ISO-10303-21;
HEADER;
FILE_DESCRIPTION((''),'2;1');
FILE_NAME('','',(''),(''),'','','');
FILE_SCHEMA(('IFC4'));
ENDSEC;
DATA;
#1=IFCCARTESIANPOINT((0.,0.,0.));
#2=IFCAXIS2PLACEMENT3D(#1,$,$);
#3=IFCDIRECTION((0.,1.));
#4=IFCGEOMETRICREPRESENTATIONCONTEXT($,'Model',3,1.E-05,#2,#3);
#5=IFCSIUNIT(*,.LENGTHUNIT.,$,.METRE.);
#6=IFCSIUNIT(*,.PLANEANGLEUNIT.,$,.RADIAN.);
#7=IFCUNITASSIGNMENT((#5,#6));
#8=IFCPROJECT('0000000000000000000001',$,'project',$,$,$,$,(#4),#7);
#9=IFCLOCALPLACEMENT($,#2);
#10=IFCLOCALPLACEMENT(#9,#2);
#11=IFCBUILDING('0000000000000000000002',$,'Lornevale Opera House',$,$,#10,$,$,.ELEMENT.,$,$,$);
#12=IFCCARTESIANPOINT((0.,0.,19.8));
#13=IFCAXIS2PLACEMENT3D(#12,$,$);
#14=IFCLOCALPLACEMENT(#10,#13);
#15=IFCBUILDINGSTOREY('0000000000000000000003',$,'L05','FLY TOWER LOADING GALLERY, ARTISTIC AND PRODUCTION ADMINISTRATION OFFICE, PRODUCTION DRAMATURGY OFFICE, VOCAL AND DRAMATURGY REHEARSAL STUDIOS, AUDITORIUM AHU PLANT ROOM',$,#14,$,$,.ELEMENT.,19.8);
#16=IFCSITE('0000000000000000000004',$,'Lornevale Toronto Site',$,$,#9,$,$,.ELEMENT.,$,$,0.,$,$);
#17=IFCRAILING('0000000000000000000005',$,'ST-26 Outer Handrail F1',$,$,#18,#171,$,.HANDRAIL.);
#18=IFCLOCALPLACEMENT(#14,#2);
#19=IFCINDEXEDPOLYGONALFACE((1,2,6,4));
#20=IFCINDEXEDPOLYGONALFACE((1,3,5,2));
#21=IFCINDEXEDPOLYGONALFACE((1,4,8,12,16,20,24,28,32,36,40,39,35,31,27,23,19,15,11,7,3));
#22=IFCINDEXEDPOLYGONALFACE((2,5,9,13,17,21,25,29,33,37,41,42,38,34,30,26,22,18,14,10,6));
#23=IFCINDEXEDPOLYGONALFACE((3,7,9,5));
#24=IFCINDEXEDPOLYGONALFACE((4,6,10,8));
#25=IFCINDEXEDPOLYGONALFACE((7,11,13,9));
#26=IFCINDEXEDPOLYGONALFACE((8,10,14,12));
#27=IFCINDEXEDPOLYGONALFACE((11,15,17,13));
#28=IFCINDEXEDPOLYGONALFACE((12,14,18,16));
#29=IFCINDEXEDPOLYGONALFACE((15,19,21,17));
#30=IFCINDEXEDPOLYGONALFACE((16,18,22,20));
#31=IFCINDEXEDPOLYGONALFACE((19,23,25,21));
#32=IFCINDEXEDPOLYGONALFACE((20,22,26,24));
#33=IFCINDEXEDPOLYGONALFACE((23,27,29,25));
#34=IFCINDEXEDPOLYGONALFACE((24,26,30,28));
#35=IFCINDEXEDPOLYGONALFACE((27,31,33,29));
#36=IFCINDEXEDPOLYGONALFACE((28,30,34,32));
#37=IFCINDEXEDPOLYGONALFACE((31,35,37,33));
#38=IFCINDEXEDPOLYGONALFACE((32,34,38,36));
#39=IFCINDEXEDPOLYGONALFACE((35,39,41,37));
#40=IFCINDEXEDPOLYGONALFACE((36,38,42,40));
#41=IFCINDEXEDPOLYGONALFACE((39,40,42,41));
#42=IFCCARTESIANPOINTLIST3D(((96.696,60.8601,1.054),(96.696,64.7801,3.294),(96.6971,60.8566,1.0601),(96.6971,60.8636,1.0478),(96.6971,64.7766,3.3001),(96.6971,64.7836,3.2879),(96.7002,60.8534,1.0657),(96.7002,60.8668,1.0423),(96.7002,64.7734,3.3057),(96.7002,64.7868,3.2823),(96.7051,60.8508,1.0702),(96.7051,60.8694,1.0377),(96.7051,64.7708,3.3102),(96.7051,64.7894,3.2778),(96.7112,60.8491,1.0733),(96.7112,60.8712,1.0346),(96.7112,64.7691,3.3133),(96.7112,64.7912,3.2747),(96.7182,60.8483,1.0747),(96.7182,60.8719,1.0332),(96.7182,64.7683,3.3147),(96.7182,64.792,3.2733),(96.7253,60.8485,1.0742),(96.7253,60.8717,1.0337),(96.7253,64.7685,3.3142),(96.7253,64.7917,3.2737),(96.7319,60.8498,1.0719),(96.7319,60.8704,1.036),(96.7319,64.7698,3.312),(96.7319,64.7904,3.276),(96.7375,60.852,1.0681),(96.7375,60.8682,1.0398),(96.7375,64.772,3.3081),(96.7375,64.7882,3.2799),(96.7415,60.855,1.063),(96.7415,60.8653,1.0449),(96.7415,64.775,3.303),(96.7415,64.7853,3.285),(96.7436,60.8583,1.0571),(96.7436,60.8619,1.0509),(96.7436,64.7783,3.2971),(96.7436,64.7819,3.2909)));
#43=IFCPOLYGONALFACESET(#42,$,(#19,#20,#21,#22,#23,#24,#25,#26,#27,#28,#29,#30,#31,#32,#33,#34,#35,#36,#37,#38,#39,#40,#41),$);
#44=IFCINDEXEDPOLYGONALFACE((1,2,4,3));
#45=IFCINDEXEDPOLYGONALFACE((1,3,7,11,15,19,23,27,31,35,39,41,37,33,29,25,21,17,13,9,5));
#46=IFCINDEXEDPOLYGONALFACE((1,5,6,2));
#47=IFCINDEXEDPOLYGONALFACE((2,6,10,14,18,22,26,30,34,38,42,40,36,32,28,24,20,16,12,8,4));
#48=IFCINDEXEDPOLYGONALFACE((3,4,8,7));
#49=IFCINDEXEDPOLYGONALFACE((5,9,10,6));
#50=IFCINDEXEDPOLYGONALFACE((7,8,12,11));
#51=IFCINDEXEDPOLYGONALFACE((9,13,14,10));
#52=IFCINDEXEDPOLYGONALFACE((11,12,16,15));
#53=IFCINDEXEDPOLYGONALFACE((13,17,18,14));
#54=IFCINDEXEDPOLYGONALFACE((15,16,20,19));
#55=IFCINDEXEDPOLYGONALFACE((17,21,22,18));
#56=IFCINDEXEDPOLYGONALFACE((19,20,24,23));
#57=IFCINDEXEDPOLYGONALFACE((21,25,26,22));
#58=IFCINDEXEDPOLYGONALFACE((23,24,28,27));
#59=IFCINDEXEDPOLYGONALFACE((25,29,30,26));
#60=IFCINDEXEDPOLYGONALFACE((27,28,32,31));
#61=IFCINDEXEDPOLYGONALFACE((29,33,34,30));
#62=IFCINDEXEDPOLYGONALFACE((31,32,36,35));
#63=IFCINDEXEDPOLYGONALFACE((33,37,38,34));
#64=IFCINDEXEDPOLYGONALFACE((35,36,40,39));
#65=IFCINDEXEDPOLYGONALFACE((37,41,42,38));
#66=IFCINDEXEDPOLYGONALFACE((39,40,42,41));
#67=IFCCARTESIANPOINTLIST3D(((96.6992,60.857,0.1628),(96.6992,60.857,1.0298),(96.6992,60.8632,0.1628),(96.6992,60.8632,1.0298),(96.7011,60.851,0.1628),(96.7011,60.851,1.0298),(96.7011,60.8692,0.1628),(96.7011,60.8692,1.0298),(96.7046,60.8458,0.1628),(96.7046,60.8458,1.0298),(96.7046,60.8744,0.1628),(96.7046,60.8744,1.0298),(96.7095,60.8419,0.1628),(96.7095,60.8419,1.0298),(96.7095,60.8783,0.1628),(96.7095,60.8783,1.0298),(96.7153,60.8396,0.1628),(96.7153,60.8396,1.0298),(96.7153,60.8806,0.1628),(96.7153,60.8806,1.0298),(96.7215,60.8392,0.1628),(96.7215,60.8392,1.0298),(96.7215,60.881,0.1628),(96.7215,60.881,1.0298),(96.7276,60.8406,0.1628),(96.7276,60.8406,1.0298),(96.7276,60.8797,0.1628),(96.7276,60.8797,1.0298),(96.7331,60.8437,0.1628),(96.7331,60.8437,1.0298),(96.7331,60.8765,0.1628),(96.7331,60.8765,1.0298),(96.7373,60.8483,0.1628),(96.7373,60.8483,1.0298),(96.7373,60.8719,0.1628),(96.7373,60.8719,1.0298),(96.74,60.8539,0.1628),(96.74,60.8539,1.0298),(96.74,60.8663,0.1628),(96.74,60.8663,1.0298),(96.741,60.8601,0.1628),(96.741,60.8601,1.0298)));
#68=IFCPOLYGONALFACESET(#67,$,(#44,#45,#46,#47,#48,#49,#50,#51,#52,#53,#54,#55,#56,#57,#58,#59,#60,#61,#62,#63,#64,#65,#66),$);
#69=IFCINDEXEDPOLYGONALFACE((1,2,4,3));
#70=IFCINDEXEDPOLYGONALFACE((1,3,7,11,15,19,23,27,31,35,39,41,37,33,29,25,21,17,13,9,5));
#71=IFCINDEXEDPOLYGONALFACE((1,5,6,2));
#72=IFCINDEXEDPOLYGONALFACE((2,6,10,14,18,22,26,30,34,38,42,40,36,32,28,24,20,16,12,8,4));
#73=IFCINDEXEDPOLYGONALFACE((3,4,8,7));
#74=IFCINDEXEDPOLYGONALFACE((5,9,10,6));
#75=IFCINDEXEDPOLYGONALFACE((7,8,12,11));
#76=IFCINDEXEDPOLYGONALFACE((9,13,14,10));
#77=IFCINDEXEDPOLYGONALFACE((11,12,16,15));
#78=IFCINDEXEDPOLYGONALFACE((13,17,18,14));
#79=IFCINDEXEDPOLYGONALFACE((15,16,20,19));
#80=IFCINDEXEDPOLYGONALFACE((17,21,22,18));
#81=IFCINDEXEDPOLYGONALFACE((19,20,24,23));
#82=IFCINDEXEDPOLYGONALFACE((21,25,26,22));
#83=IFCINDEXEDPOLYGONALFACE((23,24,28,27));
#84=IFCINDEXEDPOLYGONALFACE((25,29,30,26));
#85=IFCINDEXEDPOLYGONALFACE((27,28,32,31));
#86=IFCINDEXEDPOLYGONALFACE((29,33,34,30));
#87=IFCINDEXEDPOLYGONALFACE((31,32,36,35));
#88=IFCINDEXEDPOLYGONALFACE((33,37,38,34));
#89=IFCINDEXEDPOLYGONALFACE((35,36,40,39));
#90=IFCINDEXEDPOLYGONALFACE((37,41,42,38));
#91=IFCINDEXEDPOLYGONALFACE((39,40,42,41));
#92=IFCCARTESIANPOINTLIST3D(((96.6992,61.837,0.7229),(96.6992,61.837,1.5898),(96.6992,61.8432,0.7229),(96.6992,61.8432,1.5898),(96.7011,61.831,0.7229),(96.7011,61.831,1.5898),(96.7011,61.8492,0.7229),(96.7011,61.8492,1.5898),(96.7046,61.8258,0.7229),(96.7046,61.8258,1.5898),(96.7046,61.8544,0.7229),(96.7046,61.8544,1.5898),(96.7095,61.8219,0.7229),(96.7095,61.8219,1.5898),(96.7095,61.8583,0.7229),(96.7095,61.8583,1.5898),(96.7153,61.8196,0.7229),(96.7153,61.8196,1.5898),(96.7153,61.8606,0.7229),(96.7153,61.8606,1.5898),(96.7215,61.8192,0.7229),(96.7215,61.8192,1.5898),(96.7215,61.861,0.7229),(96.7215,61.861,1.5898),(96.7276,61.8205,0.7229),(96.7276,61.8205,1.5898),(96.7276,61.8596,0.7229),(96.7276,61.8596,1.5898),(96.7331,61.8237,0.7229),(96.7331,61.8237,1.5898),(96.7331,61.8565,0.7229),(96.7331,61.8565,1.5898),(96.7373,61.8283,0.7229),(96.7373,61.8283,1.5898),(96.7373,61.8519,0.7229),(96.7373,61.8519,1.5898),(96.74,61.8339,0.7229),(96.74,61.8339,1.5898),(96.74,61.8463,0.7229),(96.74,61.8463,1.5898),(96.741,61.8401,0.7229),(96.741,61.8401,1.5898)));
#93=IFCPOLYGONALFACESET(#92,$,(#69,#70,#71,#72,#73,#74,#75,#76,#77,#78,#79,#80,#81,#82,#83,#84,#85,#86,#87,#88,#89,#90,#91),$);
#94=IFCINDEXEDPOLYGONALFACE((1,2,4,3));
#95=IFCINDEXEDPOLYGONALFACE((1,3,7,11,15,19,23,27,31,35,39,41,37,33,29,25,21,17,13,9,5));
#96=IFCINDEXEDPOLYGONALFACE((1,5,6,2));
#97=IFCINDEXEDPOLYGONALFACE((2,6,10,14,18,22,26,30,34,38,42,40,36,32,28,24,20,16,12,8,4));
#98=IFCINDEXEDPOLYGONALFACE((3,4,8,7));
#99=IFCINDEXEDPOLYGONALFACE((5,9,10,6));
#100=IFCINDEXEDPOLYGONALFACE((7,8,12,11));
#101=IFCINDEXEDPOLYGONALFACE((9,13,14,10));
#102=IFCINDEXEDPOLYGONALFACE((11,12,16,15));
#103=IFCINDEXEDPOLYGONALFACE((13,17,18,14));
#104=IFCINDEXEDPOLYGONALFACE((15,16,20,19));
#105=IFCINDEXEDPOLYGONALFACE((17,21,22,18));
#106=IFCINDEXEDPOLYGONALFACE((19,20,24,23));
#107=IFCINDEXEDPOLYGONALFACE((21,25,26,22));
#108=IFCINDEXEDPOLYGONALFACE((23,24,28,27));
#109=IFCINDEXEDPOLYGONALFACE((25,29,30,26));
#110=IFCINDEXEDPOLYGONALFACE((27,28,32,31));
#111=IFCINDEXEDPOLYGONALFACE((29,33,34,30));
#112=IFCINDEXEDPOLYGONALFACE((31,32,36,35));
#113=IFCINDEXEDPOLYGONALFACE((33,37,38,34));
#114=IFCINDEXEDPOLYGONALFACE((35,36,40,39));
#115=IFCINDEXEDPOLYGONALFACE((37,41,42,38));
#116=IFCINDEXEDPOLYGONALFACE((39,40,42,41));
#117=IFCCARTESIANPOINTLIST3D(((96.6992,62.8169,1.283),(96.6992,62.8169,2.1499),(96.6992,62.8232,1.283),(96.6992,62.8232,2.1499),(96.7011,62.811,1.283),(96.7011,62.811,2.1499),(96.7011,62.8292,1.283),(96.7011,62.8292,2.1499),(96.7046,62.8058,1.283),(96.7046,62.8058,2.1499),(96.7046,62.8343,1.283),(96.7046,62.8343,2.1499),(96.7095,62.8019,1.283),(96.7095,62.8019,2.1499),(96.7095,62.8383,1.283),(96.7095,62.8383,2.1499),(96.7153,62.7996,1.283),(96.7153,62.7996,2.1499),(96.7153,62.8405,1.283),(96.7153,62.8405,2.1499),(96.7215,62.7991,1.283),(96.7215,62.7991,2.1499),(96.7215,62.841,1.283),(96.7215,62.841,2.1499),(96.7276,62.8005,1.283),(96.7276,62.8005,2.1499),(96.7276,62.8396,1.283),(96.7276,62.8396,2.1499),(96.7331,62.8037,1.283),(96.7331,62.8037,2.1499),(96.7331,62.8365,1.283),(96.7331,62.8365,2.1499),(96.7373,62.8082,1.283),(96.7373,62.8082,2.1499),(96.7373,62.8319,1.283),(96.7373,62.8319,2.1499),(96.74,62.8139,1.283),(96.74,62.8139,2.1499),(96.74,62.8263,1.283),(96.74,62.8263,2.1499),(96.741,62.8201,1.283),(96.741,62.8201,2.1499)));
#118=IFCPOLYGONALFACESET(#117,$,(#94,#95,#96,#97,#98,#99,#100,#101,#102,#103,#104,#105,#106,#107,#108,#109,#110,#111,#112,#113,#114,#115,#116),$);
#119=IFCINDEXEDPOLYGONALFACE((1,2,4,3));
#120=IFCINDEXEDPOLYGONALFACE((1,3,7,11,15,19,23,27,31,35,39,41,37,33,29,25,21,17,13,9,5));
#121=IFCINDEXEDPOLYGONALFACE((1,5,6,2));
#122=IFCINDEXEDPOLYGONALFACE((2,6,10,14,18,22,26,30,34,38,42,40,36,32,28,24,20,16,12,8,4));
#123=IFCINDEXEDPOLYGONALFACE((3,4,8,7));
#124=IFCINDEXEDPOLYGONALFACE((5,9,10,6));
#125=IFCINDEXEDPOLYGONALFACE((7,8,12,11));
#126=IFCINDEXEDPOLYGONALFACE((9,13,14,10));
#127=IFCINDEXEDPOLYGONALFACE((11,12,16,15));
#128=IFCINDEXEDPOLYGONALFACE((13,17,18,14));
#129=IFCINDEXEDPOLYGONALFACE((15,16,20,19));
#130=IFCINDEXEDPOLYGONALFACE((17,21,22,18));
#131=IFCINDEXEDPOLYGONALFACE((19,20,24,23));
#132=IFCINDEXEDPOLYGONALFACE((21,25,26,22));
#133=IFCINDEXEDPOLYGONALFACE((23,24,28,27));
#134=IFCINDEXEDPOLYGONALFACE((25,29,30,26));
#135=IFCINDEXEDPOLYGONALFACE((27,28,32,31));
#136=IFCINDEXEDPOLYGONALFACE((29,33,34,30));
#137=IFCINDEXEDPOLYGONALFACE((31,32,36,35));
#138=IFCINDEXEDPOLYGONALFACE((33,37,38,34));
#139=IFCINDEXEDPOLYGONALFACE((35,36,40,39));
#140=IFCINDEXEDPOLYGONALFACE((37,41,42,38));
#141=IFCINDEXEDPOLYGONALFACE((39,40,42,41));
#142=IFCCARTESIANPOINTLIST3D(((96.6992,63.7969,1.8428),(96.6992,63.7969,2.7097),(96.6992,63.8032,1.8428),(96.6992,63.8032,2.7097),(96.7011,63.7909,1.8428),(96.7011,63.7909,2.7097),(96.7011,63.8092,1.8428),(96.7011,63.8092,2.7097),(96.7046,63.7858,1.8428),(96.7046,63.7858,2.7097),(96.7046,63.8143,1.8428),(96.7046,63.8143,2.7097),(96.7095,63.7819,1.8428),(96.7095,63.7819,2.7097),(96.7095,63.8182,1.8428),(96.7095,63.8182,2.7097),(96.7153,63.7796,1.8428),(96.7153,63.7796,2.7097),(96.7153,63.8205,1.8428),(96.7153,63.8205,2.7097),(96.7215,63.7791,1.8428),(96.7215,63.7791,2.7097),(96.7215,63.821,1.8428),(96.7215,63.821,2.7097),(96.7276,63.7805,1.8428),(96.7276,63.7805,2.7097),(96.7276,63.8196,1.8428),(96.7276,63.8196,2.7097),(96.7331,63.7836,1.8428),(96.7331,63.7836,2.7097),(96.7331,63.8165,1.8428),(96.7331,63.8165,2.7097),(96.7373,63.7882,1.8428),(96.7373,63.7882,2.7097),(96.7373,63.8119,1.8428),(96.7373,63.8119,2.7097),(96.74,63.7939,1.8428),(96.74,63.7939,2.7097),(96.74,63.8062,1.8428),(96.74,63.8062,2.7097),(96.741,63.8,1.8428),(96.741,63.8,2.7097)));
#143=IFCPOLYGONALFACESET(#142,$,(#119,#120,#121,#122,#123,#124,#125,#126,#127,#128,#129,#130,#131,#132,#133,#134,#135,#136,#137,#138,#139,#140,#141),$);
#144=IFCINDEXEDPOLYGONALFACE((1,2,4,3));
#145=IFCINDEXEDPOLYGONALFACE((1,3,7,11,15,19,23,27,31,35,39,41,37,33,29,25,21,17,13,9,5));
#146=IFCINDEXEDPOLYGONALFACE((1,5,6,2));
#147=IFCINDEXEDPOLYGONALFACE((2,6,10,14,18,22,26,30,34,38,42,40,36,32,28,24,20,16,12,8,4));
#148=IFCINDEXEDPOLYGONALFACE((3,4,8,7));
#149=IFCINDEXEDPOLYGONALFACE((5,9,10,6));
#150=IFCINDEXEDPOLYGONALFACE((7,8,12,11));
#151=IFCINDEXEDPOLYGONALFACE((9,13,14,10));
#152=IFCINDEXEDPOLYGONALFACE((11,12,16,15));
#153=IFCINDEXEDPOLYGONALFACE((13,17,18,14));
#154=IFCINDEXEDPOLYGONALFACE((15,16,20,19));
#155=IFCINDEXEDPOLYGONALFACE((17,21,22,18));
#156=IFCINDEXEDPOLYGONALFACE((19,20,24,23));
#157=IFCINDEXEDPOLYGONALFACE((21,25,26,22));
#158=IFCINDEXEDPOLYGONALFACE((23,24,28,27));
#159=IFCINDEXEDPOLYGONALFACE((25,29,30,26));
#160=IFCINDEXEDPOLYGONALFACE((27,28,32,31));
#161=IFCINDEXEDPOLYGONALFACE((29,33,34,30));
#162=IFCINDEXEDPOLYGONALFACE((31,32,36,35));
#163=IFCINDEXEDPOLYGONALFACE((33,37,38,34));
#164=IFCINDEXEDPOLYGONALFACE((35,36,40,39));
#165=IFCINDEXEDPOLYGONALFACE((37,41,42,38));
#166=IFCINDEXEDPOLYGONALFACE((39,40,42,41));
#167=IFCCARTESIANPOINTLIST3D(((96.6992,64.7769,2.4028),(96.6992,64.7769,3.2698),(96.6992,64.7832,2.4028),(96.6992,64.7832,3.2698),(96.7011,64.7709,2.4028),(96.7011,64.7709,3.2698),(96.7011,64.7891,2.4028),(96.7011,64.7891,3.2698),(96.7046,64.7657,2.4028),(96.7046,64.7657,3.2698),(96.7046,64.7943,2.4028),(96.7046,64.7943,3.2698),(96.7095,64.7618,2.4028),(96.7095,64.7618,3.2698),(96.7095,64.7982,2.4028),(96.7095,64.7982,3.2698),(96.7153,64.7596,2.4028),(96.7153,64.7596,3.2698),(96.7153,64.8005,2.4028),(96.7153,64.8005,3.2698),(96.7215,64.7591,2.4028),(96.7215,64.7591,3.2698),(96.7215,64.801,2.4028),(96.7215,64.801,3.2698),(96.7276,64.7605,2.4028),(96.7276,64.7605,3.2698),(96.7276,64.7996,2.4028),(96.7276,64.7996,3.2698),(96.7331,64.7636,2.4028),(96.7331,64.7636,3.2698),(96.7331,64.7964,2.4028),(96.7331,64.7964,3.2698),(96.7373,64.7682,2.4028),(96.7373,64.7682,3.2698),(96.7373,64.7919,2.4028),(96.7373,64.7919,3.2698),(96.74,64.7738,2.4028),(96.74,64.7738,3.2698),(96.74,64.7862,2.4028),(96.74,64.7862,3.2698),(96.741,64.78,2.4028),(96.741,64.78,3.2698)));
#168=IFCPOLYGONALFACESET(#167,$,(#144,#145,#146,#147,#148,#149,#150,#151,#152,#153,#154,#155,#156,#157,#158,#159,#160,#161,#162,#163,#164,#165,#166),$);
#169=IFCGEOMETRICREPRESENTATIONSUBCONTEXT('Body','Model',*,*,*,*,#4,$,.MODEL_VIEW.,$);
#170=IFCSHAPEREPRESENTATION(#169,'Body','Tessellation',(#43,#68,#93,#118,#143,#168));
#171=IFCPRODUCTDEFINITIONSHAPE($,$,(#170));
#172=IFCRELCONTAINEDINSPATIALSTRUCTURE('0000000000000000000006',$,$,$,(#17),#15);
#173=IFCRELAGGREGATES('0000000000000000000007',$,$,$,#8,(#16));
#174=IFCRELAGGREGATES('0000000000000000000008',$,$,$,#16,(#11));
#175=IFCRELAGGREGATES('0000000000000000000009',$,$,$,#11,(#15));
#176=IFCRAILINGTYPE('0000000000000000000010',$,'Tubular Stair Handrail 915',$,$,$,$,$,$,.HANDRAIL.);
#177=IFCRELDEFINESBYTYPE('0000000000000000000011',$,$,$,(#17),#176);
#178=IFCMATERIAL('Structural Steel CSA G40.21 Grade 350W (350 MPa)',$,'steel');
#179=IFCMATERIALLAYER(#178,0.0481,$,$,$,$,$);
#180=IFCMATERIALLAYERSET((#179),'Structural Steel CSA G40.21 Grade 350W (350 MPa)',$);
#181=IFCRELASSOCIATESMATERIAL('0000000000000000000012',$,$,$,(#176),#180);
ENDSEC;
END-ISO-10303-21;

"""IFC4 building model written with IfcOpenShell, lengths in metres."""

from ifc_helpers import new_model, si_unit, direction, frame, origin, origin_2d, place, context, subcontext, project, spatial, circle, extrude, material, layer, layer_set, type_object, element, save


model = new_model("IFC4")

# Units and contexts
model_context = context("Model", 3, precision=1e-05, world=origin(), true_north=direction((0.0, 1.0)))
body_context = subcontext(model_context, "Body", "Model", "MODEL_VIEW")
ifc_project = project(units=[si_unit("LENGTHUNIT", "METRE"), si_unit("PLANEANGLEUNIT", "RADIAN")], contexts=[model_context])

# Site, building, storey
site_placement = place(None, origin())
site = spatial("IfcSite", under=ifc_project, at=site_placement, Name="Lornevale Toronto Site", CompositionType="ELEMENT", RefElevation=0.0)
building_placement = place(site_placement, origin())
building = spatial("IfcBuilding", under=site, at=building_placement, Name="Lornevale Opera House", CompositionType="ELEMENT")
storey_placement = place(building_placement, frame((0.0, 0.0, 19.8)))
storey = spatial("IfcBuildingStorey", under=building, at=storey_placement, Name="L05", Description="FLY TOWER LOADING GALLERY, ARTISTIC AND PRODUCTION ADMINISTRATION OFFICE, PRODUCTION DRAMATURGY OFFICE, VOCAL AND DRAMATURGY REHEARSAL STUDIOS, AUDITORIUM AHU PLANT ROOM", CompositionType="ELEMENT", Elevation=19.8)

# Shared definitions
ifc_material_1 = material(Name="Structural Steel CSA G40.21 Grade 350W (350 MPa)", Category="steel")

# Railing
ifc_layer_1 = layer(ifc_material_1, 0.0481)
ifc_layer_set_1 = layer_set([ifc_layer_1], Name="Structural Steel CSA G40.21 Grade 350W (350 MPa)")
railing_type_1 = type_object("IfcRailingType", Name="Tubular Stair Handrail 915", PredefinedType="HANDRAIL", material=ifc_layer_set_1)
railing_1_placement = place(storey_placement, frame((96.72, 60.8601, 0.1628)))
element("IfcRailing", 1, at=railing_1_placement, inside=storey, type_object=railing_type_1, Name="ST-26 Outer Handrail F1", PredefinedType="HANDRAIL", context=body_context, shape_type="SweptSolid", body=[
    extrude(circle(Radius=0.0239, at=origin_2d()), frame((0.0, 0.0, 0.8911), z_axis=(0.0, 0.86824, 0.496145), x_axis=(-1.0, 0.0, 0.0)), (0.0, 0.0, 1.0), 4.5149),
    extrude(circle(Radius=0.021, at=origin_2d()), origin(), (0.0, 0.0, 1.0), 0.8669),
    extrude(circle(Radius=0.021, at=origin_2d()), frame((0.0, 0.98, 0.5601)), (0.0, 0.0, 1.0), 0.8669),
    extrude(circle(Radius=0.021, at=origin_2d()), frame((0.0, 1.96, 1.1201)), (0.0, 0.0, 1.0), 0.8669),
    extrude(circle(Radius=0.021, at=origin_2d()), frame((0.0, 2.9399, 1.6799)), (0.0, 0.0, 1.0), 0.8669),
    extrude(circle(Radius=0.021, at=origin_2d()), frame((0.0, 3.9199, 2.24)), (0.0, 0.0, 1.0), 0.8669),
])

save(model, "model.ifc")
